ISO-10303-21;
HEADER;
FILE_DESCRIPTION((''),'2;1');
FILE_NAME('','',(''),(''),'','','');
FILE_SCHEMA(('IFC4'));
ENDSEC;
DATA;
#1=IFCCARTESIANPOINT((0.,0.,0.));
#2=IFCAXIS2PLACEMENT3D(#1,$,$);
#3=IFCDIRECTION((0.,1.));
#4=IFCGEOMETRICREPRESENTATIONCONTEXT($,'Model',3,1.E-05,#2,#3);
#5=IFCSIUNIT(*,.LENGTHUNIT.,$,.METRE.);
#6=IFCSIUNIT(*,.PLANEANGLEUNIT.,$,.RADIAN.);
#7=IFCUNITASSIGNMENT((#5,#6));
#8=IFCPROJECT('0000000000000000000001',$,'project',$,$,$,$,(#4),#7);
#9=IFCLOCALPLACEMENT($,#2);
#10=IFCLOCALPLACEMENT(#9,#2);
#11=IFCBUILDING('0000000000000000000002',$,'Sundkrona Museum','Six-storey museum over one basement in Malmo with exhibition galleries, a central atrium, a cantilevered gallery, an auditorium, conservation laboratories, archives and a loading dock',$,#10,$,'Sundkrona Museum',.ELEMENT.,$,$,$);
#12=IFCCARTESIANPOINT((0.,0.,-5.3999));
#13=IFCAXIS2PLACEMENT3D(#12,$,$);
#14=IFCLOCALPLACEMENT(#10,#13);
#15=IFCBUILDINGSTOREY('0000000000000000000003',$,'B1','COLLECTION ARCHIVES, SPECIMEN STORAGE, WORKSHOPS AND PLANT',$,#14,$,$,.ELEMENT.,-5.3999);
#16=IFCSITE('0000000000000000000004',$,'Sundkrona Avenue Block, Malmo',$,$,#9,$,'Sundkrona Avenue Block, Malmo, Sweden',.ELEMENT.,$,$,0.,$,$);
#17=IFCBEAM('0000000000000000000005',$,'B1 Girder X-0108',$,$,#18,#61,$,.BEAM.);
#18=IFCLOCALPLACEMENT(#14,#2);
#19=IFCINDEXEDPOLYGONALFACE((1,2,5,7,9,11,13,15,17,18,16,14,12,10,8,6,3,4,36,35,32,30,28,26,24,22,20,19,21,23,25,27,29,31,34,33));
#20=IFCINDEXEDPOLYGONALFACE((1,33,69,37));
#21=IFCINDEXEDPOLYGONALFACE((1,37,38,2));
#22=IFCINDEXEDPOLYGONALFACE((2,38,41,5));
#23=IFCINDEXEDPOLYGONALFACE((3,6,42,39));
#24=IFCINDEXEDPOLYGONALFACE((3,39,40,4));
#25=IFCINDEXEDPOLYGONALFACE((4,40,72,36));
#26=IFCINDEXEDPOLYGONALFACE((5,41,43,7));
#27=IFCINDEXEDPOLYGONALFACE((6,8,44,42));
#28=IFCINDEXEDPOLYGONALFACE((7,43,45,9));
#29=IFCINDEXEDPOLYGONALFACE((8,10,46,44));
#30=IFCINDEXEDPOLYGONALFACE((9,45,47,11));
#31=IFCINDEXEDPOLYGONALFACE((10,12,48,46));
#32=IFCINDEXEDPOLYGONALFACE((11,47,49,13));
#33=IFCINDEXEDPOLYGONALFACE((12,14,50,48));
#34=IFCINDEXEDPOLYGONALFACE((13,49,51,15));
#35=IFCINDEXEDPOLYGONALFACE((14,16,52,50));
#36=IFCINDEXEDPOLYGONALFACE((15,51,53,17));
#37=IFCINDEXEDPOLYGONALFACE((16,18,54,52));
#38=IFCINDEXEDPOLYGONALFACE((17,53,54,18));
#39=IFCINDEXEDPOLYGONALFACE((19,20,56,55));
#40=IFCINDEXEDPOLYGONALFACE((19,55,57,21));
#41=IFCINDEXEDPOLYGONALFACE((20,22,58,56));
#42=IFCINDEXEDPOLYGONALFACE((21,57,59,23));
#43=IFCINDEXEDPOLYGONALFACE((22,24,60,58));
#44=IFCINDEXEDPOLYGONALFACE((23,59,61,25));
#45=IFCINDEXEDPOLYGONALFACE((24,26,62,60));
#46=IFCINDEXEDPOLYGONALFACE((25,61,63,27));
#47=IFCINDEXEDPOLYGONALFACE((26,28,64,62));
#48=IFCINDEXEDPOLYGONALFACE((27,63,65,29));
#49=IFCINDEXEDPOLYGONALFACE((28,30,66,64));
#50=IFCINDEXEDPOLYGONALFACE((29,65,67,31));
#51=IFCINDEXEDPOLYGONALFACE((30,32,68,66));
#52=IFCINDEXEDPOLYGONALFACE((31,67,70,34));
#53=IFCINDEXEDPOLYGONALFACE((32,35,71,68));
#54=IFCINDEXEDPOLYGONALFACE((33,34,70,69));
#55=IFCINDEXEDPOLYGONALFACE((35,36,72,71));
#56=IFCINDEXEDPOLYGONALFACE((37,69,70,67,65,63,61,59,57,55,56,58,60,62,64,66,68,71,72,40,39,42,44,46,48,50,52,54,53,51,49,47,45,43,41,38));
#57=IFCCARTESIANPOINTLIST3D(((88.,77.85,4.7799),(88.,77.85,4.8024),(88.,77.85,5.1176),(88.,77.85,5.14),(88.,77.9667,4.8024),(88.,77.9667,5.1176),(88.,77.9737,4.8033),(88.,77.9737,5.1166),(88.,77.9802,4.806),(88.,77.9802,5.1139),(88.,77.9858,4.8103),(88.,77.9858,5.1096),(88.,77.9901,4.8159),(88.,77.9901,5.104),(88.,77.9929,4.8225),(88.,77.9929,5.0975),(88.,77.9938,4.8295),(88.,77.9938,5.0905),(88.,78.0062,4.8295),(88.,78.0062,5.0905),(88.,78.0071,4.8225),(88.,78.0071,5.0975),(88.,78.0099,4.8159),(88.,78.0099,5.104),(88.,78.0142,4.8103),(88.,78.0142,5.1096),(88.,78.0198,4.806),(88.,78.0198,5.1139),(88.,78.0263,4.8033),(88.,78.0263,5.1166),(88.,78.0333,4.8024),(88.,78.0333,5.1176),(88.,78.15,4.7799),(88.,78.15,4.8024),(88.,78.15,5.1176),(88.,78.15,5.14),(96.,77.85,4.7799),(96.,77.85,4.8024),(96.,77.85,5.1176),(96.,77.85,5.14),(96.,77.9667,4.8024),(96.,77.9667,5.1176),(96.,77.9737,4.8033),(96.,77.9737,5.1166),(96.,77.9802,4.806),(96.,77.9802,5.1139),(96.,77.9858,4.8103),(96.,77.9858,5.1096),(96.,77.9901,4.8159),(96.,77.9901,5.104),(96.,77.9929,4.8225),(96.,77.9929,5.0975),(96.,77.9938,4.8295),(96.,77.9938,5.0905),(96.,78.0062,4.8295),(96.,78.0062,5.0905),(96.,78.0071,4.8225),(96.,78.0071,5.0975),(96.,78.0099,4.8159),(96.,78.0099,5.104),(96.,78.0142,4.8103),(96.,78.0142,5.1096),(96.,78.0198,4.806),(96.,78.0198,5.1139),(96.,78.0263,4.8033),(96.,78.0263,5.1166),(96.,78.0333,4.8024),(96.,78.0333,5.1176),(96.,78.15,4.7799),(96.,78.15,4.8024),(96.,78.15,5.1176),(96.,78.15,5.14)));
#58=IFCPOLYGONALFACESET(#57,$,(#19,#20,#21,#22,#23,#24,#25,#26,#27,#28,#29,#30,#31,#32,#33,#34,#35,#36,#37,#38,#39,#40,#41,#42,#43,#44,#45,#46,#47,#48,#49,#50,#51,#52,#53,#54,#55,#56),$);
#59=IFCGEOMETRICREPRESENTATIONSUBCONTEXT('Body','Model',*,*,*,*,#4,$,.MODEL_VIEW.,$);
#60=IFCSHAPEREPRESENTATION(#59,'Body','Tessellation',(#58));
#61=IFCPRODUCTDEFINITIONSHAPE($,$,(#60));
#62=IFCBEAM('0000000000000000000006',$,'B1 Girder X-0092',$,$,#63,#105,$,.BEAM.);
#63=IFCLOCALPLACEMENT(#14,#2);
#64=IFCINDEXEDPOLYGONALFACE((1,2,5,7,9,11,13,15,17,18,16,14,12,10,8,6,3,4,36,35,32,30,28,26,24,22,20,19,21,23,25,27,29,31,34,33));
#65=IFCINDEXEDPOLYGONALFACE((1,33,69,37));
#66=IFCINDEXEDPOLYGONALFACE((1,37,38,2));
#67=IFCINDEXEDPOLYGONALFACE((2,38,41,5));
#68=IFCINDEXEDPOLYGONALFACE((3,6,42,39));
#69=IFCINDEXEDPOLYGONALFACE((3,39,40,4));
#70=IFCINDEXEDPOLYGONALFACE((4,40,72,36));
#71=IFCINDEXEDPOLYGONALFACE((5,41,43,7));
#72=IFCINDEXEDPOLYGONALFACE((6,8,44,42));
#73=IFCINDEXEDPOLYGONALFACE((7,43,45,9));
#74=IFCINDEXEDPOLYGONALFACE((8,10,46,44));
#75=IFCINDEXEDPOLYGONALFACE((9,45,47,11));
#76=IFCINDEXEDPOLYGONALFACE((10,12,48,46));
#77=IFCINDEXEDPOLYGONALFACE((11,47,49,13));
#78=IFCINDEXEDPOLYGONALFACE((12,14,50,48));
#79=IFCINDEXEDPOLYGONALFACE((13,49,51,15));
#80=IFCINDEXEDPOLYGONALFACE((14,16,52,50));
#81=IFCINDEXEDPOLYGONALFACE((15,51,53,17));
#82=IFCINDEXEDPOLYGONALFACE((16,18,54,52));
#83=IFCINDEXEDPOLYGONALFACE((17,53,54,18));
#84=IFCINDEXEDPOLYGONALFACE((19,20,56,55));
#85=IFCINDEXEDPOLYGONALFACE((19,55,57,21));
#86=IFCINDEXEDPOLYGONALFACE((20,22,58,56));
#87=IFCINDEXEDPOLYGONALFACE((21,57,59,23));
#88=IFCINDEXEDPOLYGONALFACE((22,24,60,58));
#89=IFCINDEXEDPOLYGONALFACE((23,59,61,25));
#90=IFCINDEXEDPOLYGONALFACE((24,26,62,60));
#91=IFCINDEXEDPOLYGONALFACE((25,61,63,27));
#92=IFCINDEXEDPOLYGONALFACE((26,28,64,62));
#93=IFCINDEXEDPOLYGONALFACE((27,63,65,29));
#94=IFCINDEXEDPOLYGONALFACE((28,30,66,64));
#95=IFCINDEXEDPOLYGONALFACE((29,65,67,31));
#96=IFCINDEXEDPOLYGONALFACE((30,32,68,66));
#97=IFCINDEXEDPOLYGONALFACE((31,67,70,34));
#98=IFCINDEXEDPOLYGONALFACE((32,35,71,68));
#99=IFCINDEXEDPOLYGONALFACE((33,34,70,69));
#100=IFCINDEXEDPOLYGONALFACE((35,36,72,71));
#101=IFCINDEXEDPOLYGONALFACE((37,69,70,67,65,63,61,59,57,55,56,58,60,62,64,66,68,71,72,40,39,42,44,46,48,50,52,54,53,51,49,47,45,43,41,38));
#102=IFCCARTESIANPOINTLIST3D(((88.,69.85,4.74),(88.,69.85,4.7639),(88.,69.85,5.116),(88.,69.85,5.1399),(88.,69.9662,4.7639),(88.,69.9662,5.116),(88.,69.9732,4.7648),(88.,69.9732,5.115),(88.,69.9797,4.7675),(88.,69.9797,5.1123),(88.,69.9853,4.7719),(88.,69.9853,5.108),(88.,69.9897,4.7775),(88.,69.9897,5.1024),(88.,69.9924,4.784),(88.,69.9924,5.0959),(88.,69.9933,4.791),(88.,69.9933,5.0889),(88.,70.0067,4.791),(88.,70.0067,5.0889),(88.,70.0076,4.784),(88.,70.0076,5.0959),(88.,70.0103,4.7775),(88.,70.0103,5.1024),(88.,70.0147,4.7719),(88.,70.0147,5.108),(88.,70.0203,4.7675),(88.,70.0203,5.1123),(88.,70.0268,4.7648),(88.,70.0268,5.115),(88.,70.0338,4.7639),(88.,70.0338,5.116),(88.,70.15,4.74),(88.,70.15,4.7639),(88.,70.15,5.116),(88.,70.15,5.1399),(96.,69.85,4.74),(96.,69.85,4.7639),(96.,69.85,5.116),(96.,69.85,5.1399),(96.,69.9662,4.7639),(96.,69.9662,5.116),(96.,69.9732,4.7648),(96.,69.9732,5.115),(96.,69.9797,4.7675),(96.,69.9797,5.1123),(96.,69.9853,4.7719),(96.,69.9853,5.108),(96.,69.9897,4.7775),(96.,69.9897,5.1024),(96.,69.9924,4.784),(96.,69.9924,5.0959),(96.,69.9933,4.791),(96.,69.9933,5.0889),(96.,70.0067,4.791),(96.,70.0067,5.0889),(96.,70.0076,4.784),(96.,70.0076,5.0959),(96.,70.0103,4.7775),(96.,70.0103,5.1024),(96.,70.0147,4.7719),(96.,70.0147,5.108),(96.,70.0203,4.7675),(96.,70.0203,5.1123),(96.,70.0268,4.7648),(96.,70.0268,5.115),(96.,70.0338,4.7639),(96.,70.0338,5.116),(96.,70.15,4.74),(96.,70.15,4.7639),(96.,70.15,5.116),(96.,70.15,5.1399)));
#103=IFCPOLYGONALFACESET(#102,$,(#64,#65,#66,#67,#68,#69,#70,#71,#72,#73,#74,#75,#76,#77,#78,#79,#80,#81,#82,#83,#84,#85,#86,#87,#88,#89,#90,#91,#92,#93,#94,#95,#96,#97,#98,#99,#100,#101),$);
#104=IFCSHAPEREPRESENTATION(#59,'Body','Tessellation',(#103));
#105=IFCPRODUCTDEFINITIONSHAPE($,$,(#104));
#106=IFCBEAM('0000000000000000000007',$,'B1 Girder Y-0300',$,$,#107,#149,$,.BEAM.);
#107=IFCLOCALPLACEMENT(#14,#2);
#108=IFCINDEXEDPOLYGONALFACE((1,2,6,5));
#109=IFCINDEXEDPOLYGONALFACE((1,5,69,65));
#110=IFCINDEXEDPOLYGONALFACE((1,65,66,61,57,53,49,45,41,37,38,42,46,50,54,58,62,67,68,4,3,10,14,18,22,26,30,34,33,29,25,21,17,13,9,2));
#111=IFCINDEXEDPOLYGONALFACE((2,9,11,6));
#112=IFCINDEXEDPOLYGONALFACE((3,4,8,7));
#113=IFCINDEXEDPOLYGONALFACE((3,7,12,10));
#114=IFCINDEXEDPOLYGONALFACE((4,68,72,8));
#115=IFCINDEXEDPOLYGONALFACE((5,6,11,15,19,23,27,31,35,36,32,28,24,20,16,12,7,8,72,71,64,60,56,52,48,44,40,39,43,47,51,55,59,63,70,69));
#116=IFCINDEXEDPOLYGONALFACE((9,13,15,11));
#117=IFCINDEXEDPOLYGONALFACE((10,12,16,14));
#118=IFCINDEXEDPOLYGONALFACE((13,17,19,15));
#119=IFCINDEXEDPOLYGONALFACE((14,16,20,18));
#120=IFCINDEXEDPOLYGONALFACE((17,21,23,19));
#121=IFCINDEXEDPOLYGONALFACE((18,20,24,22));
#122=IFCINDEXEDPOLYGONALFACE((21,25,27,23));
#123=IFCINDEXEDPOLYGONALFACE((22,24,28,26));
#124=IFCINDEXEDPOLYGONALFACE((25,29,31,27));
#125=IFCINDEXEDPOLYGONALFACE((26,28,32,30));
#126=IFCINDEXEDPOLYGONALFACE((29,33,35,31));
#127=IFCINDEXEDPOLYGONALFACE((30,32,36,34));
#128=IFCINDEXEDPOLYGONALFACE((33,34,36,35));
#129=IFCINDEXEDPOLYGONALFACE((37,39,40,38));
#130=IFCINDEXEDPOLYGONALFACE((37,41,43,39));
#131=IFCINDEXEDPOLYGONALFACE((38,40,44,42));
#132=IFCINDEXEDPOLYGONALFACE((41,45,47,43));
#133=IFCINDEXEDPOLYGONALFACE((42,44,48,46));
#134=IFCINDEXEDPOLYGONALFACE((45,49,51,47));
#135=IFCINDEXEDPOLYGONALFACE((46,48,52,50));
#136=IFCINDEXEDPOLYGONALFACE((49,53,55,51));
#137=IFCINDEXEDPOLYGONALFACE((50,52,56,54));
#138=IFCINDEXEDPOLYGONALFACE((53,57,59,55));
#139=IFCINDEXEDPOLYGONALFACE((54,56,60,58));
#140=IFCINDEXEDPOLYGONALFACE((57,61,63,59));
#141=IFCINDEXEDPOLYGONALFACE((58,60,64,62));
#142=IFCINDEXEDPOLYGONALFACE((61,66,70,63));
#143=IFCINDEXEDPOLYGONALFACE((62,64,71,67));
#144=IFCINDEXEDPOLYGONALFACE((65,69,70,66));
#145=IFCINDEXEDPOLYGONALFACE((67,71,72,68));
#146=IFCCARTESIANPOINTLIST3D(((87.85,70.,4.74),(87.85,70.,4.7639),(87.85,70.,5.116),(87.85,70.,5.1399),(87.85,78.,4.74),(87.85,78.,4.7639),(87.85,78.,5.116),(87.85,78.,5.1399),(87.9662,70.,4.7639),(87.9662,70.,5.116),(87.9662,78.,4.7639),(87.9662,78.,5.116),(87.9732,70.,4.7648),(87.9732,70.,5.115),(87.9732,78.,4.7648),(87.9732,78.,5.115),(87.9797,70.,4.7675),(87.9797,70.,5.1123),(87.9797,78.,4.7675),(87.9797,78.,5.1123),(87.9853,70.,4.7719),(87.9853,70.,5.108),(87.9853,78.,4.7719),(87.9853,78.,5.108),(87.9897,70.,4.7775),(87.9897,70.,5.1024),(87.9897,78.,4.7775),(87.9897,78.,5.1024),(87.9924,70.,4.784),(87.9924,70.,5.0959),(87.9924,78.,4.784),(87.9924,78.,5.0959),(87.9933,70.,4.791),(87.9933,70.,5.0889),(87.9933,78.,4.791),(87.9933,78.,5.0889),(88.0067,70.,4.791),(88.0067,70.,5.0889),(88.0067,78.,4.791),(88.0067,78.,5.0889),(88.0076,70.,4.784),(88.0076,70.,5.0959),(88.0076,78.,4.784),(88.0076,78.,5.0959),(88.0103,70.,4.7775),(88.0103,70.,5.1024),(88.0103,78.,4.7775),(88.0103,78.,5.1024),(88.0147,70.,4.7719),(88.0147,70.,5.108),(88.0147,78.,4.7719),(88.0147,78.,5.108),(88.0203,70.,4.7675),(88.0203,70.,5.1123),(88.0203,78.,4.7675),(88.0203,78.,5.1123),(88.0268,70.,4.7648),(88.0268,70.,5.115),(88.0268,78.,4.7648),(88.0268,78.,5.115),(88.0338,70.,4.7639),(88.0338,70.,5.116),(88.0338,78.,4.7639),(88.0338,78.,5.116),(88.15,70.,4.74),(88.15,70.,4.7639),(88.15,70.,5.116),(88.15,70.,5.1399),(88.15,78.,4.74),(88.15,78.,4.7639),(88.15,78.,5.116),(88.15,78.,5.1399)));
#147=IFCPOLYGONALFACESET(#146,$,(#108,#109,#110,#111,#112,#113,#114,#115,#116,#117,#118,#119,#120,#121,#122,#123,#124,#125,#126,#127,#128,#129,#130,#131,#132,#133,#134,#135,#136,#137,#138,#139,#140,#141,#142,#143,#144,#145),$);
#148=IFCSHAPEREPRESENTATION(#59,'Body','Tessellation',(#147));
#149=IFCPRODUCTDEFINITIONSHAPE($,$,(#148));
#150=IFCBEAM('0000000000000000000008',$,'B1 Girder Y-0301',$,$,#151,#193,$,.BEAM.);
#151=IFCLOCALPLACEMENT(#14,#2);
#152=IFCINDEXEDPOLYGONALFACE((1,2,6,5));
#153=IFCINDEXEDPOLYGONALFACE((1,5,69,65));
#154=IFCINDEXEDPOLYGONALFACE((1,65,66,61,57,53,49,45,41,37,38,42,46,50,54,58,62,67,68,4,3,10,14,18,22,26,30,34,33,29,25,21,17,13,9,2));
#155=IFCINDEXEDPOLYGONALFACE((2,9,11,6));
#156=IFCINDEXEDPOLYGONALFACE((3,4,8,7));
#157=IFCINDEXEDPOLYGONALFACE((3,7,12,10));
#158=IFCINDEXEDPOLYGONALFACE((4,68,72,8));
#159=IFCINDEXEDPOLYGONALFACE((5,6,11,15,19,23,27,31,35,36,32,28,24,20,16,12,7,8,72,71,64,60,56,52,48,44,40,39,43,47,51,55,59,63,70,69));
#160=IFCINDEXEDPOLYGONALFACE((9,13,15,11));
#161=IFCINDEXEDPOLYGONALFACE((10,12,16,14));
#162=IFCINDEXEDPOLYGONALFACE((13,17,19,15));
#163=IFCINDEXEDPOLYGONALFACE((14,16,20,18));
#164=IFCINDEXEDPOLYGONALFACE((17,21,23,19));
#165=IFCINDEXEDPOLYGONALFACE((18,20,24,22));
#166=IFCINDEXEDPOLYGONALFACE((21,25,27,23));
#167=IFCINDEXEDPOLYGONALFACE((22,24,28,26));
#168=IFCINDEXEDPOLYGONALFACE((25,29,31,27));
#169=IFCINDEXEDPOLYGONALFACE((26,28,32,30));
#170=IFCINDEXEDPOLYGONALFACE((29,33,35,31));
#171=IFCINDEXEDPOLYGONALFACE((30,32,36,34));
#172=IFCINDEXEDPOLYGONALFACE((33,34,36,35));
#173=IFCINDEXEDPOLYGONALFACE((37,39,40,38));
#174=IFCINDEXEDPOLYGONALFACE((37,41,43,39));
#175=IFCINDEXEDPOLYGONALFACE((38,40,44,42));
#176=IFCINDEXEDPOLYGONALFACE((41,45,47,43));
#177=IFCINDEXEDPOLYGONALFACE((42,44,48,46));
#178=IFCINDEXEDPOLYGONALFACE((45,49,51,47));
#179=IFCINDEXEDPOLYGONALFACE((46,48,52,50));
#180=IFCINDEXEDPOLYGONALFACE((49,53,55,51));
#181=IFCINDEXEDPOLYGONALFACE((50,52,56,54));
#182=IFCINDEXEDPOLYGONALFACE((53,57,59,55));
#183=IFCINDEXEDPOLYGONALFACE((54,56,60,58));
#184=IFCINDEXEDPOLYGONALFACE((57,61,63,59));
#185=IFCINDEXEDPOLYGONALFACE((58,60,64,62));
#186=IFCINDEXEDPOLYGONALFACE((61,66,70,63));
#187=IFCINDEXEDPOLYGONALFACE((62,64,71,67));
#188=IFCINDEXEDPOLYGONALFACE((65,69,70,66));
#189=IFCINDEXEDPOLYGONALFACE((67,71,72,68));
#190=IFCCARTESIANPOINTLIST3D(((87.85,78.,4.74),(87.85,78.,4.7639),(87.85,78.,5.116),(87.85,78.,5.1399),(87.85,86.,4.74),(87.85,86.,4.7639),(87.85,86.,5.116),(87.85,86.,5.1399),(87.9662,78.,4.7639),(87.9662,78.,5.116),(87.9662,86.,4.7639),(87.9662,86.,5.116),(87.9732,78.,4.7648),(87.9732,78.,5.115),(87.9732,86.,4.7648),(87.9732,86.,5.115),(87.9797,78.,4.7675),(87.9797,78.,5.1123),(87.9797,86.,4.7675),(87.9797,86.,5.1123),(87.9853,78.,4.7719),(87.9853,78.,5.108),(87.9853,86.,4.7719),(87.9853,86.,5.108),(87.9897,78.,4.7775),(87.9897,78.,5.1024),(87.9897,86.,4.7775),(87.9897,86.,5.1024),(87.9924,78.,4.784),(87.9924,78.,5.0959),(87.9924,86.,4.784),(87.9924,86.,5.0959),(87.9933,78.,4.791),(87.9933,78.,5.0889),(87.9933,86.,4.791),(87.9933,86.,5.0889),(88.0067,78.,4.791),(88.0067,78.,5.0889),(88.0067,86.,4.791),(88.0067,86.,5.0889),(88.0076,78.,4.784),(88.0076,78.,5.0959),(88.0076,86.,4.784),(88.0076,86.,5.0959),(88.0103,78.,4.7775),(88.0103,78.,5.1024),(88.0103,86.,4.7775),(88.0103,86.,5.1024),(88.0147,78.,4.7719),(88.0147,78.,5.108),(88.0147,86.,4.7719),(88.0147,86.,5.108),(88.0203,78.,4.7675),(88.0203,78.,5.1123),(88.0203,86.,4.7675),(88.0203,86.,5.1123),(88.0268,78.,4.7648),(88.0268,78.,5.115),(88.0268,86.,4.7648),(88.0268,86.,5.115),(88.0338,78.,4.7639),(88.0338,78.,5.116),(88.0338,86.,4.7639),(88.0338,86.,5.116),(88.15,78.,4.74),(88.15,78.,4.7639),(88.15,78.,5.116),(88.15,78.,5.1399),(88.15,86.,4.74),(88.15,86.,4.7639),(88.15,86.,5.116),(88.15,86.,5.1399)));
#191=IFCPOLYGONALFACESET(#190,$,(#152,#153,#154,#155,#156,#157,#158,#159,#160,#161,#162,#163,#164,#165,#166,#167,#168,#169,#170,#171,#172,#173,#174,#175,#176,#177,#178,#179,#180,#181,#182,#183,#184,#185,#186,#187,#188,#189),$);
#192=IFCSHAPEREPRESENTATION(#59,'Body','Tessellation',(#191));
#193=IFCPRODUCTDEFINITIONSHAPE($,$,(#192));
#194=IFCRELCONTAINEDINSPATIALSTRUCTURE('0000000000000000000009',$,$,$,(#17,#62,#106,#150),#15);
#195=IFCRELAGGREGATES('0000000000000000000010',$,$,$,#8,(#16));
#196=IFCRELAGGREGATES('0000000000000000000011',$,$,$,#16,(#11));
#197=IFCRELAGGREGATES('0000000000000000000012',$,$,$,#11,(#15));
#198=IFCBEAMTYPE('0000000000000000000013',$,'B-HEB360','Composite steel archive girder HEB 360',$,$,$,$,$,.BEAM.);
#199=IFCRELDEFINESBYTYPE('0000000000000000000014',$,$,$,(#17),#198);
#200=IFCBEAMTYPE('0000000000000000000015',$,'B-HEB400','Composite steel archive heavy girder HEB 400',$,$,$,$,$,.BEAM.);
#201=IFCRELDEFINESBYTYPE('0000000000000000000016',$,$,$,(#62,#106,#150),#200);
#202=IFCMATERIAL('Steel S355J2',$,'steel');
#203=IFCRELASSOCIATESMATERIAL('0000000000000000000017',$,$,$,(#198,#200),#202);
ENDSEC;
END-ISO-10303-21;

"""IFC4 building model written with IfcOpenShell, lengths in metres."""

from ifc_helpers import new_model, si_unit, direction, frame, origin, origin_2d, place, context, subcontext, project, spatial, i_section, extrude, material, material_profile, profile_set, type_object, element, save


model = new_model("IFC4")

# Units and contexts
model_context = context("Model", 3, precision=1e-05, world=origin(), true_north=direction((0.0, 1.0)))
body_context = subcontext(model_context, "Body", "Model", "MODEL_VIEW")
ifc_project = project(units=[si_unit("LENGTHUNIT", "METRE"), si_unit("PLANEANGLEUNIT", "RADIAN")], contexts=[model_context])

# Site, building, storey
site_placement = place(None, origin())
site = spatial("IfcSite", under=ifc_project, at=site_placement, Name="Sundkrona Avenue Block, Malmo", LongName="Sundkrona Avenue Block, Malmo, Sweden", CompositionType="ELEMENT", RefElevation=0.0)
building_placement = place(site_placement, origin())
building = spatial("IfcBuilding", under=site, at=building_placement, Name="Sundkrona Museum", Description="Six-storey museum over one basement in Malmo with exhibition galleries, a central atrium, a cantilevered gallery, an auditorium, conservation laboratories, archives and a loading dock", LongName="Sundkrona Museum", CompositionType="ELEMENT")
storey_placement = place(building_placement, frame((0.0, 0.0, -5.3999)))
storey = spatial("IfcBuildingStorey", under=building, at=storey_placement, Name="B1", Description="COLLECTION ARCHIVES, SPECIMEN STORAGE, WORKSHOPS AND PLANT", CompositionType="ELEMENT", Elevation=-5.3999)

# Beams
ifc_material_1 = material(Name="Steel S355J2", Category="steel")
ifc_material_profile_1 = material_profile(ifc_material_1, i_section(OverallWidth=0.3, OverallDepth=0.3601, WebThickness=0.0125, FlangeThickness=0.0225, FilletRadius=0.0271, at=origin_2d()), Name="HEB 360")
ifc_profile_set_1 = profile_set([ifc_material_profile_1], Name="Steel S355J2")
beam_type_1 = type_object("IfcBeamType", Name="B-HEB360", Description="Composite steel archive girder HEB 360", PredefinedType="BEAM", material=ifc_profile_set_1)
beam_1_placement = place(storey_placement, frame((88.0, 78.0, 4.96), z_axis=(1.0, 0.0, 0.0), x_axis=(0.0, 1.0, 0.0)))
element("IfcBeam", 1, at=beam_1_placement, inside=storey, type_object=beam_type_1, Name="B1 Girder X-0108", PredefinedType="BEAM", context=body_context, shape_type="SweptSolid", body=[
    extrude(i_section(OverallWidth=0.3, OverallDepth=0.3601, WebThickness=0.0125, FlangeThickness=0.0225, FilletRadius=0.0271, at=origin_2d()), origin(), (0.0, 0.0, 1.0), 8.0),
])
ifc_material_profile_2 = material_profile(ifc_material_1, i_section(OverallWidth=0.3, OverallDepth=0.3999, WebThickness=0.0134, FlangeThickness=0.0239, FilletRadius=0.0271, at=origin_2d()), Name="HEB 400")
ifc_profile_set_2 = profile_set([ifc_material_profile_2], Name="Steel S355J2")
beam_type_2 = type_object("IfcBeamType", Name="B-HEB400", Description="Composite steel archive heavy girder HEB 400", PredefinedType="BEAM", material=ifc_profile_set_2)
for number, where, z_axis, x_axis, name in (
    (2, (88.0, 70.0, 4.9399), (1.0, 0.0, 0.0), (0.0, 1.0, 0.0), "B1 Girder X-0092"),
    (3, (88.0, 70.0, 4.9399), (0.0, 1.0, 0.0), (-1.0, 0.0, 0.0), "B1 Girder Y-0300"),
    (4, (88.0, 78.0, 4.9399), (0.0, 1.0, 0.0), (-1.0, 0.0, 0.0), "B1 Girder Y-0301"),
):
    element("IfcBeam", number, at=place(storey_placement, frame(where, z_axis=z_axis, x_axis=x_axis)), inside=storey, type_object=beam_type_2, Name=name, PredefinedType="BEAM", context=body_context, shape_type="SweptSolid", body=[
        extrude(i_section(OverallWidth=0.3, OverallDepth=0.3999, WebThickness=0.0134, FlangeThickness=0.0239, FilletRadius=0.0271, at=origin_2d()), origin(), (0.0, 0.0, 1.0), 8.0),
    ])

save(model, "model.ifc")
